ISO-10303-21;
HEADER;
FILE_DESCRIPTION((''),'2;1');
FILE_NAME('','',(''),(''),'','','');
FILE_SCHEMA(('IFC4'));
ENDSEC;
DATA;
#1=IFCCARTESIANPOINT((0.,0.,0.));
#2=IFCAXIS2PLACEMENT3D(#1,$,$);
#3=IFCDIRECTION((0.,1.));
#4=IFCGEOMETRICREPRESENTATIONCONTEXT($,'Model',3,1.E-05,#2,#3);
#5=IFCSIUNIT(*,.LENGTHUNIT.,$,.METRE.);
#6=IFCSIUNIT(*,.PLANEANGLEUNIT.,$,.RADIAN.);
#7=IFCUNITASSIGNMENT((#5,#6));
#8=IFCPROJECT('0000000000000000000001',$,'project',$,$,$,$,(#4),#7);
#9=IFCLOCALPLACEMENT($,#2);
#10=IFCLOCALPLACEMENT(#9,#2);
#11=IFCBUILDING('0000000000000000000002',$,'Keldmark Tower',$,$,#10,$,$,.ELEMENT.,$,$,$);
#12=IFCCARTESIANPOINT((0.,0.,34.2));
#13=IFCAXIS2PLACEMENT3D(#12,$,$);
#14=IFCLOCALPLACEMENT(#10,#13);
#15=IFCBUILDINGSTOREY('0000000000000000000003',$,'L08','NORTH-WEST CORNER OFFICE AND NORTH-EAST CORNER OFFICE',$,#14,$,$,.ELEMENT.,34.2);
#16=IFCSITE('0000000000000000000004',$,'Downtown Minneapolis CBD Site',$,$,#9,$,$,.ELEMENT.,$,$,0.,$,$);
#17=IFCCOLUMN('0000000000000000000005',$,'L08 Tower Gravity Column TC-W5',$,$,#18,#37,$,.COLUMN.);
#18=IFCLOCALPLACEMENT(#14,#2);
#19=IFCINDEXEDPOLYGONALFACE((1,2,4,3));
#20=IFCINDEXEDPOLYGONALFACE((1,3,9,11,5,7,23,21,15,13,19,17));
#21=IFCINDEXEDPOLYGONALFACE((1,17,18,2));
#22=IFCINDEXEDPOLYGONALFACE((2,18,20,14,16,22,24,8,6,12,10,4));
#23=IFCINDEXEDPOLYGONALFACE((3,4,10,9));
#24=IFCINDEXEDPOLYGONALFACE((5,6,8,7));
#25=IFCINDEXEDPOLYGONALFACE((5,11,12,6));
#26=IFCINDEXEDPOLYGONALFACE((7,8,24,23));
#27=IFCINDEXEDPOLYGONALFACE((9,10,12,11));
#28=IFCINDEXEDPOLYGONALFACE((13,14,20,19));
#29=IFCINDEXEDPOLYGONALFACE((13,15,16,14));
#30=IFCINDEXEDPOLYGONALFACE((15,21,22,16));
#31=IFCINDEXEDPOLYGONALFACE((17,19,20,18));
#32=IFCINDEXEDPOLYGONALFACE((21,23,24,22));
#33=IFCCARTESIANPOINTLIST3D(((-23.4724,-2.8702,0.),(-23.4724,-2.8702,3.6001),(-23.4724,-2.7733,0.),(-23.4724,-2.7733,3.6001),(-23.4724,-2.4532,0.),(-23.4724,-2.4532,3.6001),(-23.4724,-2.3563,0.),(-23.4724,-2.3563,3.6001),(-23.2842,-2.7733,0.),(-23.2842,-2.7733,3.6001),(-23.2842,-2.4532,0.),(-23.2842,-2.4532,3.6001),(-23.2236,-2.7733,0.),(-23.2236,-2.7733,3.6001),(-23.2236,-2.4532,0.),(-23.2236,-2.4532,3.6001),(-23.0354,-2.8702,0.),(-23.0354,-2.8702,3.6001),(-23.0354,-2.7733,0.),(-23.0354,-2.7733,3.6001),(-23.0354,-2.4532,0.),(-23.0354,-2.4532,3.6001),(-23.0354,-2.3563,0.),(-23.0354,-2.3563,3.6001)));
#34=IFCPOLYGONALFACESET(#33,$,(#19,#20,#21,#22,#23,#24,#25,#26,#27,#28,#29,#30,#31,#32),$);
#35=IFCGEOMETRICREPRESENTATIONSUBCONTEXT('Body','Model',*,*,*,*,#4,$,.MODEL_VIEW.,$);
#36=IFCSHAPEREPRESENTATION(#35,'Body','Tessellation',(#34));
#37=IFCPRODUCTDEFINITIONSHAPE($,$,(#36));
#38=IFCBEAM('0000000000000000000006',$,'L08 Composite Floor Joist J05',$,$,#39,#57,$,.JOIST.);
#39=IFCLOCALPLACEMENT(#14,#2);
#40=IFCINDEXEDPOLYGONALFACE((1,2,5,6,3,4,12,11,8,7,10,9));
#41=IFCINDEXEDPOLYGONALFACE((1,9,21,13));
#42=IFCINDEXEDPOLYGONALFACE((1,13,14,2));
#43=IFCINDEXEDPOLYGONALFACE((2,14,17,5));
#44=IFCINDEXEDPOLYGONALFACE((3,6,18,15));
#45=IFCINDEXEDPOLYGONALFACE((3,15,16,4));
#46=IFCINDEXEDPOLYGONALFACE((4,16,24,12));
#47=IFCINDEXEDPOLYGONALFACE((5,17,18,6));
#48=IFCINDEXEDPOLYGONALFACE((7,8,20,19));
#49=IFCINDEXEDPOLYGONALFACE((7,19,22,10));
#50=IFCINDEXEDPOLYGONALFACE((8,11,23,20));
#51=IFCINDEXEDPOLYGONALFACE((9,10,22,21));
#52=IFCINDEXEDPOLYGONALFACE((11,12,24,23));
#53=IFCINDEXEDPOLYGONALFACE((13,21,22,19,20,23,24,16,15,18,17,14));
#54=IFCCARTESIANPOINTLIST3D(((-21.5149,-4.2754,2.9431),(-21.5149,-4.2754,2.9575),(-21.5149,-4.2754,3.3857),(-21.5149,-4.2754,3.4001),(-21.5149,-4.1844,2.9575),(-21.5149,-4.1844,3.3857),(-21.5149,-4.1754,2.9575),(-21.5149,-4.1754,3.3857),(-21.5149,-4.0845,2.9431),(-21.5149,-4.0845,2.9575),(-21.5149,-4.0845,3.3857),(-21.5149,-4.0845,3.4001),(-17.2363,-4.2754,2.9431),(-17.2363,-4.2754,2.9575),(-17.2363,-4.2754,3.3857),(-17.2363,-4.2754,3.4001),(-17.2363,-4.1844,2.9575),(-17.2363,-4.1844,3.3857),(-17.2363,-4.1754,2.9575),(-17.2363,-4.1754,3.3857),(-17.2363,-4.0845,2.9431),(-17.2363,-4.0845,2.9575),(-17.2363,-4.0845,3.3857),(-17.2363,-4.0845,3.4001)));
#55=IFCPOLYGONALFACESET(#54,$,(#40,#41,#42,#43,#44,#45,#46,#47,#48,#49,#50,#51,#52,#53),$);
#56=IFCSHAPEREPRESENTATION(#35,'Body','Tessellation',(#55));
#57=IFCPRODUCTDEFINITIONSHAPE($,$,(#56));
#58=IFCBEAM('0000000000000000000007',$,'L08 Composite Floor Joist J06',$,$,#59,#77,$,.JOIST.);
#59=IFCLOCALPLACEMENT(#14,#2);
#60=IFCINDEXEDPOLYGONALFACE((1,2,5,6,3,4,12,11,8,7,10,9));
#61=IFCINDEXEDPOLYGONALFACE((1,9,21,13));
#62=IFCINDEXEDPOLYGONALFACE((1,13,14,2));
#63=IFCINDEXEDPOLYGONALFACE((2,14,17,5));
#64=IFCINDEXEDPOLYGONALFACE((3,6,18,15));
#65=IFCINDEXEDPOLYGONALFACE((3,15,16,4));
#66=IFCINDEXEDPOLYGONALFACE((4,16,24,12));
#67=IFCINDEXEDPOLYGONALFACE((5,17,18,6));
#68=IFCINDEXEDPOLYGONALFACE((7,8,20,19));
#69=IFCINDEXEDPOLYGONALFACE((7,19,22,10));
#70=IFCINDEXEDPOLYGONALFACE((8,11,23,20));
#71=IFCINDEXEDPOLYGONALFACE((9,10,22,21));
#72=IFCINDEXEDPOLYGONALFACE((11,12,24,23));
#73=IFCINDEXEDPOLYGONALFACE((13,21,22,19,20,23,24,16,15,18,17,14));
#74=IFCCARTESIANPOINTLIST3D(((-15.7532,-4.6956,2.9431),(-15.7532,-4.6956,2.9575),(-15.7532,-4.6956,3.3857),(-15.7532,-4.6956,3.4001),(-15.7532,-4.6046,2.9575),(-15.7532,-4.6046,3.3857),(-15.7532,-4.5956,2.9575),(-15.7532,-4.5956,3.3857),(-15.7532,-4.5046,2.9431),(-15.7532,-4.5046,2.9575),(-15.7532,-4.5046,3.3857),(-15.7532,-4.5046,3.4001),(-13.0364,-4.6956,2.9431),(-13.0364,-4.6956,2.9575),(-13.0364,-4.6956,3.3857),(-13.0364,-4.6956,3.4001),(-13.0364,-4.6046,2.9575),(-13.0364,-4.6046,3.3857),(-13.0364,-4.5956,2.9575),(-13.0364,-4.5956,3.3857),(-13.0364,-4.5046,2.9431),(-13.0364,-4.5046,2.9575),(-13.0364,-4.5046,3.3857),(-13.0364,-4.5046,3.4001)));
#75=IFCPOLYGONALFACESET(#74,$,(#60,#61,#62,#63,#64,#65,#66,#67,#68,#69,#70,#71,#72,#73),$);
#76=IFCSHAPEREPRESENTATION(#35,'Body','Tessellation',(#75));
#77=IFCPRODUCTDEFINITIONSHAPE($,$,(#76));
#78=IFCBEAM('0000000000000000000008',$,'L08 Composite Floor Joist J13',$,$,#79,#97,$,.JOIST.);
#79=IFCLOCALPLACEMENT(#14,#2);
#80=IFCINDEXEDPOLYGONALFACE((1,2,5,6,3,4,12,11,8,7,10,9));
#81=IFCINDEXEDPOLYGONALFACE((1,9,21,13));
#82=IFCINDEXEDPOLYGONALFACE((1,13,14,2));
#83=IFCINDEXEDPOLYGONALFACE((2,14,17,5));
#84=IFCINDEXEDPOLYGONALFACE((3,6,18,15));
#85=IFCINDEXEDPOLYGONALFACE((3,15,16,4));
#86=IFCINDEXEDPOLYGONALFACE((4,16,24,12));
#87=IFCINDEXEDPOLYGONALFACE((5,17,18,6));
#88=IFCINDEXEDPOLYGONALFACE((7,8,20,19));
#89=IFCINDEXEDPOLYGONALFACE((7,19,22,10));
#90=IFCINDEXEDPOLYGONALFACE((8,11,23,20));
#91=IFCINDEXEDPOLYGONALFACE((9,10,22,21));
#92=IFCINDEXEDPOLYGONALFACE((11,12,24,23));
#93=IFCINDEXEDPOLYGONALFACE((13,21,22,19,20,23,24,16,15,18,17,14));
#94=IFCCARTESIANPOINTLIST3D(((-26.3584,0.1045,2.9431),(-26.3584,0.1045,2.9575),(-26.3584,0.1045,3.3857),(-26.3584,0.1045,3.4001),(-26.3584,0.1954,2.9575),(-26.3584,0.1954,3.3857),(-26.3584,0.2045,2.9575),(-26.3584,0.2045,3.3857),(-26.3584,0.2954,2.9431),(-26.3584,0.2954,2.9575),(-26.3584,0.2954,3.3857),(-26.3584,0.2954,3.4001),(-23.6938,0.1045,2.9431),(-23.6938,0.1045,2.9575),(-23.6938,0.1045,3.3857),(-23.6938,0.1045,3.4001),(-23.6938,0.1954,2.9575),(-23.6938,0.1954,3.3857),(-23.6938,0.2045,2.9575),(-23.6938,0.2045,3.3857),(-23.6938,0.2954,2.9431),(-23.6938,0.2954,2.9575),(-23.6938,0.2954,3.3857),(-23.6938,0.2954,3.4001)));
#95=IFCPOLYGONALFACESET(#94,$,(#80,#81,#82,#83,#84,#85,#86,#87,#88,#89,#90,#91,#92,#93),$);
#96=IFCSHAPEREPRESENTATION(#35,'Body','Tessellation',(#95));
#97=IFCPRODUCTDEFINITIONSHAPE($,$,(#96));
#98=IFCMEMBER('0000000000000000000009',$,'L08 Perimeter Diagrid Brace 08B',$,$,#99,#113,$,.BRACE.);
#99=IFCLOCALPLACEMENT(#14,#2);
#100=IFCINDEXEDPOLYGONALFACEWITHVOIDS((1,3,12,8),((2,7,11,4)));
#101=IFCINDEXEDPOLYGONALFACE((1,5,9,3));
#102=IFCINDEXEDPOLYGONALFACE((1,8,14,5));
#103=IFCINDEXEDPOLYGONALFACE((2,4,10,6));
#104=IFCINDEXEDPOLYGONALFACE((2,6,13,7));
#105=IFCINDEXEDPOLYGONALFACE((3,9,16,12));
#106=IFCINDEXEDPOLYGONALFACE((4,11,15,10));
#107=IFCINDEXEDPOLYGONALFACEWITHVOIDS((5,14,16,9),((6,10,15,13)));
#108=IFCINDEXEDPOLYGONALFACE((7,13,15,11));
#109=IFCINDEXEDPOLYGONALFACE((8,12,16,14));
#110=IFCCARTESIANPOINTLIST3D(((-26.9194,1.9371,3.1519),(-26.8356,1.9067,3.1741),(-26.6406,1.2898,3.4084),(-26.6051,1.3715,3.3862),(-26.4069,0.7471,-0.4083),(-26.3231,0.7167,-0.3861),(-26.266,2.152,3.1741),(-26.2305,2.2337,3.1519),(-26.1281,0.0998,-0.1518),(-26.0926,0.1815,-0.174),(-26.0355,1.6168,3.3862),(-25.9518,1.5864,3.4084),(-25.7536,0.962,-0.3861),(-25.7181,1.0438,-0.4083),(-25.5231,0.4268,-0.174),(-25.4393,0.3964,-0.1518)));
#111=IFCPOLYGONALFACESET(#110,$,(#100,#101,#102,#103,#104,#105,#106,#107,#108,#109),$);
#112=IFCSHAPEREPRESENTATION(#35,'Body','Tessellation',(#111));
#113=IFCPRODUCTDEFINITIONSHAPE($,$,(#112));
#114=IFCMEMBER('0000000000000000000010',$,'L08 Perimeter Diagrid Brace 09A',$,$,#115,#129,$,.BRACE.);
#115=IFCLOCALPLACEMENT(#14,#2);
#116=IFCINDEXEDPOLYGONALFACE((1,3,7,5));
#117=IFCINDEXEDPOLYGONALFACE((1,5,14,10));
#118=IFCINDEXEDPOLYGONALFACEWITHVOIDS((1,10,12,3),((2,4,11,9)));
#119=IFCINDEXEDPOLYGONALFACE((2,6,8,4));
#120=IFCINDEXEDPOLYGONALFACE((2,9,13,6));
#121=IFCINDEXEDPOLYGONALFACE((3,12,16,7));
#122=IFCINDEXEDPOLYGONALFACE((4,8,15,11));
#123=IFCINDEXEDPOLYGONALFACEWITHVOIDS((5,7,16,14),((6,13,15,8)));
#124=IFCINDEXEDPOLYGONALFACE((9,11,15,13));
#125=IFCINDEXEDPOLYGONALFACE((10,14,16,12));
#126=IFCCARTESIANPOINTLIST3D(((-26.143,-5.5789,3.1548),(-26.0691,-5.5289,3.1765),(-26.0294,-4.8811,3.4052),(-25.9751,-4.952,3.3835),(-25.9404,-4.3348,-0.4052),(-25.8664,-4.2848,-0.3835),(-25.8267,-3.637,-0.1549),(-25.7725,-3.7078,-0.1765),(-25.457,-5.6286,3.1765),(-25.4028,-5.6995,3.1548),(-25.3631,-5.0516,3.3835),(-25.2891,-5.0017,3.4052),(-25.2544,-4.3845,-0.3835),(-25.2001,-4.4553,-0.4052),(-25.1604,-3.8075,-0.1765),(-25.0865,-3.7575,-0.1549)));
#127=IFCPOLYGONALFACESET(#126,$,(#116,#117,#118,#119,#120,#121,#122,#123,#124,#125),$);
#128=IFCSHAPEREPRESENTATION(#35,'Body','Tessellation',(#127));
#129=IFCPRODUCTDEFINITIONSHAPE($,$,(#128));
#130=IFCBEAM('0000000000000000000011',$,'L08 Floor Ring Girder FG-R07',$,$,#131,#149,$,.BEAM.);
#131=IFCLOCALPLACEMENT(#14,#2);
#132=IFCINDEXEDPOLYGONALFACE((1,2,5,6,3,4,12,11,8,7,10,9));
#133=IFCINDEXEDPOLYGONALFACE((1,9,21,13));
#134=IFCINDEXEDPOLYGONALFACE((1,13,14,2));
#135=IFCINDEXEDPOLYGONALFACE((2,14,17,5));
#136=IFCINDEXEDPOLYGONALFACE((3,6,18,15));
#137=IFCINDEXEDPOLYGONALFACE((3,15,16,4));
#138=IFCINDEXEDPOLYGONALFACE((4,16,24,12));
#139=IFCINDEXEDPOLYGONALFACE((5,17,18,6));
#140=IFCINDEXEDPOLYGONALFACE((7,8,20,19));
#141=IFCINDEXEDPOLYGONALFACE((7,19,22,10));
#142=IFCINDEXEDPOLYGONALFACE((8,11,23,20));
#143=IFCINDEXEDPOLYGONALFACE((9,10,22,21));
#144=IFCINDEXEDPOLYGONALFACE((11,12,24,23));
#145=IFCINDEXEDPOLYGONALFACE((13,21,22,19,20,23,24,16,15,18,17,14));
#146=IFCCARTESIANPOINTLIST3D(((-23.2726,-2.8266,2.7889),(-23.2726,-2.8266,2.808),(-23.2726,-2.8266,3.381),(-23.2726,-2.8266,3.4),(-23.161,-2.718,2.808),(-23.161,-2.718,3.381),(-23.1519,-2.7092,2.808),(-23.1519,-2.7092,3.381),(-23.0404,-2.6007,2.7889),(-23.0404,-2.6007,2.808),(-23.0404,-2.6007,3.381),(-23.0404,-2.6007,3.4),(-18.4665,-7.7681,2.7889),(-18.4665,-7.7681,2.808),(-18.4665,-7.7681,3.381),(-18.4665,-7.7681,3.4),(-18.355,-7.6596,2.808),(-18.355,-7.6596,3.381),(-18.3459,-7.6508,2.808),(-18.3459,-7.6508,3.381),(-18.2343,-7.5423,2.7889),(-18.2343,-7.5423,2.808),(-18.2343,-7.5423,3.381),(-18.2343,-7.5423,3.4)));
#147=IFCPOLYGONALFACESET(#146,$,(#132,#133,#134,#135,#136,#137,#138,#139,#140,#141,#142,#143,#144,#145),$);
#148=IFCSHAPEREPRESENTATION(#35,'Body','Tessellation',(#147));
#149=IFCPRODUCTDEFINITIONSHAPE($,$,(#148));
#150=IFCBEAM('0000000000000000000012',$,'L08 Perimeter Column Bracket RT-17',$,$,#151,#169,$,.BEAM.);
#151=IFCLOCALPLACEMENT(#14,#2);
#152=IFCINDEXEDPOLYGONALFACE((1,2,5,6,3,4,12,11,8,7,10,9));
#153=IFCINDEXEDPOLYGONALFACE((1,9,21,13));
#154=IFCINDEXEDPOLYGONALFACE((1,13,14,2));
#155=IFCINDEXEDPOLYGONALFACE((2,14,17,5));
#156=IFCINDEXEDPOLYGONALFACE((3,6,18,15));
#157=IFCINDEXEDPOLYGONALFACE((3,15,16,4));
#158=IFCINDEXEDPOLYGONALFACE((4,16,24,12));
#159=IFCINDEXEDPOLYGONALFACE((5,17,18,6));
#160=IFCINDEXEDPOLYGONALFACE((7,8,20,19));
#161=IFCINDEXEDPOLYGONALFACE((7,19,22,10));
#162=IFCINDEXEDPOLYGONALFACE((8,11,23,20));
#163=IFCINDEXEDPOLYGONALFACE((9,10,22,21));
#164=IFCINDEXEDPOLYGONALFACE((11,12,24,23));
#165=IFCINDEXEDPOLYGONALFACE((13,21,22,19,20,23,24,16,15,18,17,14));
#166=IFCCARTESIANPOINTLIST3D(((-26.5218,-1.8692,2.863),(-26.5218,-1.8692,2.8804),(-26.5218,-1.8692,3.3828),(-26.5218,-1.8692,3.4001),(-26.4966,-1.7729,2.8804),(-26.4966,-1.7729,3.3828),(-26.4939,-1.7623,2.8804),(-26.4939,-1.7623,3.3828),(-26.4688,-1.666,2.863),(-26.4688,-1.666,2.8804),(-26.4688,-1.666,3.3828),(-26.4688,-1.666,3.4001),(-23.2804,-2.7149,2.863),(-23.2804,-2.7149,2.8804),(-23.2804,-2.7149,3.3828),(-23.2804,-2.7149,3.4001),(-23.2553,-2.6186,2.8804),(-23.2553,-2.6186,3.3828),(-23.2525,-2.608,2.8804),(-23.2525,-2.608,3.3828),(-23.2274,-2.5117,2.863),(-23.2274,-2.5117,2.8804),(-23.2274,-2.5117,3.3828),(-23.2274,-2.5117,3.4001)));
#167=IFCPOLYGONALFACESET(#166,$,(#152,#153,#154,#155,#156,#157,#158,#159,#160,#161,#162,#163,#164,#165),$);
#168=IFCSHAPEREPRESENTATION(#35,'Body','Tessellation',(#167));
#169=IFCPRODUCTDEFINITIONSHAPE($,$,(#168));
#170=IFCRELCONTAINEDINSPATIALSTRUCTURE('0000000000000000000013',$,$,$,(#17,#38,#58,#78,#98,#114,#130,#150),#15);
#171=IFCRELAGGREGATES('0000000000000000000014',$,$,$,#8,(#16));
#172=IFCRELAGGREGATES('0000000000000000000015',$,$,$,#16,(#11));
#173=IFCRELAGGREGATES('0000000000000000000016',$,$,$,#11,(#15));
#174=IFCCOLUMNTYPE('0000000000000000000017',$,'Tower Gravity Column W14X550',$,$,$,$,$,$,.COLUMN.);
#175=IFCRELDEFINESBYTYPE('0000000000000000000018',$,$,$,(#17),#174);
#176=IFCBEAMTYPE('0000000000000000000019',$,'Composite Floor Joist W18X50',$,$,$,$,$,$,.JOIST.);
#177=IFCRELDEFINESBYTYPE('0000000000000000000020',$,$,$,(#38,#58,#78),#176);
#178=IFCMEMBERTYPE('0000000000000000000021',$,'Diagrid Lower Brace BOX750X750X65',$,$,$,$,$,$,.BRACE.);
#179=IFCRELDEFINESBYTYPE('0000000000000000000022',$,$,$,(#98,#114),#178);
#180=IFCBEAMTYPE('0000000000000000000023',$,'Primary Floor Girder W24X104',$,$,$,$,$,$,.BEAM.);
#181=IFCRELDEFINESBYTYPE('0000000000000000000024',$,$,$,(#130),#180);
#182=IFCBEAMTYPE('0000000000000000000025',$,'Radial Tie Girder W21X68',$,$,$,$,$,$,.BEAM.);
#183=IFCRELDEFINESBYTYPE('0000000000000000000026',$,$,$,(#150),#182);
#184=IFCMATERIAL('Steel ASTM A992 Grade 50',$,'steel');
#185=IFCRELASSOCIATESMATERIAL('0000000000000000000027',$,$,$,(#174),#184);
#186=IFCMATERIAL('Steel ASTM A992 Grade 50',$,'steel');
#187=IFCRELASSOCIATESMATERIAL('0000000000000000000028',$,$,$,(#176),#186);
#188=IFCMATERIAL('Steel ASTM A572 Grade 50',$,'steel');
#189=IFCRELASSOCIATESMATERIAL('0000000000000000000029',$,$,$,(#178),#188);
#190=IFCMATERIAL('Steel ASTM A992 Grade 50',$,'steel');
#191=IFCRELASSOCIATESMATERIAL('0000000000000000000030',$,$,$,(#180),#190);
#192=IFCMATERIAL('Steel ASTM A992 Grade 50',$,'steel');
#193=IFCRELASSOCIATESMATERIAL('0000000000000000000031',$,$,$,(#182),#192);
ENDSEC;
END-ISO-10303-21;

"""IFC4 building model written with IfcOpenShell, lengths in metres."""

from ifc_helpers import new_model, si_unit, direction, frame, origin, origin_2d, place, context, subcontext, project, spatial, hollow_rectangle, i_section, extrude, material, material_profile, profile_set, type_object, element, save


model = new_model("IFC4")

# Units and contexts
model_context = context("Model", 3, precision=1e-05, world=origin(), true_north=direction((0.0, 1.0)))
body_context = subcontext(model_context, "Body", "Model", "MODEL_VIEW")
ifc_project = project(units=[si_unit("LENGTHUNIT", "METRE"), si_unit("PLANEANGLEUNIT", "RADIAN")], contexts=[model_context])

# Site, building, storey
site_placement = place(None, origin())
site = spatial("IfcSite", under=ifc_project, at=site_placement, Name="Downtown Minneapolis CBD Site", CompositionType="ELEMENT", RefElevation=0.0)
building_placement = place(site_placement, origin())
building = spatial("IfcBuilding", under=site, at=building_placement, Name="Keldmark Tower", CompositionType="ELEMENT")
storey_placement = place(building_placement, frame((0.0, 0.0, 34.2)))
storey = spatial("IfcBuildingStorey", under=building, at=storey_placement, Name="L08", Description="NORTH-WEST CORNER OFFICE AND NORTH-EAST CORNER OFFICE", CompositionType="ELEMENT", Elevation=34.2)

# Column
ifc_material_1 = material(Name="Steel ASTM A992 Grade 50", Category="steel")
ifc_material_profile_1 = material_profile(ifc_material_1, i_section(OverallWidth=0.437, OverallDepth=0.5139, WebThickness=0.0605, FlangeThickness=0.0969, at=origin_2d()), Name="W14X550")
ifc_profile_set_1 = profile_set([ifc_material_profile_1], Name="Steel ASTM A992 Grade 50")
column_type = type_object("IfcColumnType", Name="Tower Gravity Column W14X550", PredefinedType="COLUMN", material=ifc_profile_set_1)
column_placement = place(storey_placement, frame((-23.2539, -2.6133, 0.0), z_axis=(0.0, 0.0, 1.0), x_axis=(1.0, 0.0, 0.0)))
element("IfcColumn", 1, at=column_placement, inside=storey, type_object=column_type, Name="L08 Tower Gravity Column TC-W5", PredefinedType="COLUMN", context=body_context, shape_type="SweptSolid", body=[
    extrude(i_section(OverallWidth=0.437, OverallDepth=0.5139, WebThickness=0.0605, FlangeThickness=0.0969, at=origin_2d()), origin(), (0.0, 0.0, 1.0), 3.6001),
])

# Beams
ifc_material_2 = material(Name="Steel ASTM A992 Grade 50", Category="steel")
ifc_material_profile_2 = material_profile(ifc_material_2, i_section(OverallWidth=0.1909, OverallDepth=0.457, WebThickness=0.009, FlangeThickness=0.0144, at=origin_2d()), Name="W18X50")
ifc_profile_set_2 = profile_set([ifc_material_profile_2], Name="Steel ASTM A992 Grade 50")
beam_type_1 = type_object("IfcBeamType", Name="Composite Floor Joist W18X50", PredefinedType="JOIST", material=ifc_profile_set_2)
beam_1_placement = place(storey_placement, frame((-21.5149, -4.1799, 3.1716), z_axis=(1.0, 0.0, 0.0), x_axis=(0.0, 1.0, 0.0)))
element("IfcBeam", 2, at=beam_1_placement, inside=storey, type_object=beam_type_1, Name="L08 Composite Floor Joist J05", PredefinedType="JOIST", context=body_context, shape_type="SweptSolid", body=[
    extrude(i_section(OverallWidth=0.1909, OverallDepth=0.457, WebThickness=0.009, FlangeThickness=0.0144, at=origin_2d()), origin(), (0.0, 0.0, 1.0), 4.2786),
])
beam_2_placement = place(storey_placement, frame((-15.7532, -4.6001, 3.1716), z_axis=(1.0, 0.0, 0.0), x_axis=(0.0, 1.0, 0.0)))
element("IfcBeam", 3, at=beam_2_placement, inside=storey, type_object=beam_type_1, Name="L08 Composite Floor Joist J06", PredefinedType="JOIST", context=body_context, shape_type="SweptSolid", body=[
    extrude(i_section(OverallWidth=0.1909, OverallDepth=0.457, WebThickness=0.009, FlangeThickness=0.0144, at=origin_2d()), origin(), (0.0, 0.0, 1.0), 2.7168),
])
beam_3_placement = place(storey_placement, frame((-26.3584, 0.2, 3.1716), z_axis=(1.0, 0.0, 0.0), x_axis=(0.0, 1.0, 0.0)))
element("IfcBeam", 4, at=beam_3_placement, inside=storey, type_object=beam_type_1, Name="L08 Composite Floor Joist J13", PredefinedType="JOIST", context=body_context, shape_type="SweptSolid", body=[
    extrude(i_section(OverallWidth=0.1909, OverallDepth=0.457, WebThickness=0.009, FlangeThickness=0.0144, at=origin_2d()), origin(), (0.0, 0.0, 1.0), 2.6646),
])

# Members
ifc_material_3 = material(Name="Steel ASTM A572 Grade 50", Category="steel")
ifc_material_profile_3 = material_profile(ifc_material_3, hollow_rectangle(XDim=0.75, YDim=0.75, WallThickness=0.0649, at=origin_2d()), Name="BOX750X750X65")
ifc_profile_set_3 = profile_set([ifc_material_profile_3], Name="Steel ASTM A572 Grade 50")
member_type = type_object("IfcMemberType", Name="Diagrid Lower Brace BOX750X750X65", PredefinedType="BRACE", material=ifc_profile_set_3)
member_1_placement = place(storey_placement, frame((-25.9231, 0.5718, -0.28), z_axis=(-0.135266, 0.314095, 0.939706), x_axis=(-0.918452, -0.395533, 0.0)))
element("IfcMember", 5, at=member_1_placement, inside=storey, type_object=member_type, Name="L08 Perimeter Diagrid Brace 08B", PredefinedType="BRACE", context=body_context, shape_type="SweptSolid", body=[
    extrude(hollow_rectangle(XDim=0.75, YDim=0.75, WallThickness=0.0649, at=origin_2d()), origin(), (0.0, 0.0, 1.0), 3.7886),
])
member_2_placement = place(storey_placement, frame((-25.5134, -4.0461, -0.28), z_axis=(-0.053655, -0.329431, 0.942654), x_axis=(0.986994, -0.160755, 0.0)))
element("IfcMember", 6, at=member_2_placement, inside=storey, type_object=member_type, Name="L08 Perimeter Diagrid Brace 09A", PredefinedType="BRACE", context=body_context, shape_type="SweptSolid", body=[
    extrude(hollow_rectangle(XDim=0.75, YDim=0.75, WallThickness=0.0649, at=origin_2d()), origin(), (0.0, 0.0, 1.0), 3.7766),
])

# Beams
ifc_material_4 = material(Name="Steel ASTM A992 Grade 50", Category="steel")
ifc_material_profile_4 = material_profile(ifc_material_4, i_section(OverallWidth=0.324, OverallDepth=0.6111, WebThickness=0.0127, FlangeThickness=0.019, at=origin_2d()), Name="W24X104")
ifc_profile_set_4 = profile_set([ifc_material_profile_4], Name="Steel ASTM A992 Grade 50")
beam_type_2 = type_object("IfcBeamType", Name="Primary Floor Girder W24X104", PredefinedType="BEAM", material=ifc_profile_set_4)
beam_4_placement = place(storey_placement, frame((-23.1565, -2.7136, 3.0945), z_axis=(0.69721, -0.716867, 0.0), x_axis=(0.716867, 0.69721, 0.0)))
element("IfcBeam", 7, at=beam_4_placement, inside=storey, type_object=beam_type_2, Name="L08 Floor Ring Girder FG-R07", PredefinedType="BEAM", context=body_context, shape_type="SweptSolid", body=[
    extrude(i_section(OverallWidth=0.324, OverallDepth=0.6111, WebThickness=0.0127, FlangeThickness=0.019, at=origin_2d()), origin(), (0.0, 0.0, 1.0), 6.8933),
])
ifc_material_5 = material(Name="Steel ASTM A992 Grade 50", Category="steel")
ifc_material_profile_5 = material_profile(ifc_material_5, i_section(OverallWidth=0.21, OverallDepth=0.5371, WebThickness=0.011, FlangeThickness=0.0173, at=origin_2d()), Name="W21X68")
ifc_profile_set_5 = profile_set([ifc_material_profile_5], Name="Steel ASTM A992 Grade 50")
beam_type_3 = type_object("IfcBeamType", Name="Radial Tie Girder W21X68", PredefinedType="BEAM", material=ifc_profile_set_5)
beam_5_placement = place(storey_placement, frame((-23.2539, -2.6133, 3.1316), z_axis=(-0.96761, 0.252452, 0.0), x_axis=(-0.252452, -0.96761, 0.0)))
element("IfcBeam", 8, at=beam_5_placement, inside=storey, type_object=beam_type_3, Name="L08 Perimeter Column Bracket RT-17", PredefinedType="BEAM", context=body_context, shape_type="SweptSolid", body=[
    extrude(i_section(OverallWidth=0.21, OverallDepth=0.5371, WebThickness=0.011, FlangeThickness=0.0173, at=origin_2d()), origin(), (0.0, 0.0, 1.0), 3.3499),
])

save(model, "model.ifc")
